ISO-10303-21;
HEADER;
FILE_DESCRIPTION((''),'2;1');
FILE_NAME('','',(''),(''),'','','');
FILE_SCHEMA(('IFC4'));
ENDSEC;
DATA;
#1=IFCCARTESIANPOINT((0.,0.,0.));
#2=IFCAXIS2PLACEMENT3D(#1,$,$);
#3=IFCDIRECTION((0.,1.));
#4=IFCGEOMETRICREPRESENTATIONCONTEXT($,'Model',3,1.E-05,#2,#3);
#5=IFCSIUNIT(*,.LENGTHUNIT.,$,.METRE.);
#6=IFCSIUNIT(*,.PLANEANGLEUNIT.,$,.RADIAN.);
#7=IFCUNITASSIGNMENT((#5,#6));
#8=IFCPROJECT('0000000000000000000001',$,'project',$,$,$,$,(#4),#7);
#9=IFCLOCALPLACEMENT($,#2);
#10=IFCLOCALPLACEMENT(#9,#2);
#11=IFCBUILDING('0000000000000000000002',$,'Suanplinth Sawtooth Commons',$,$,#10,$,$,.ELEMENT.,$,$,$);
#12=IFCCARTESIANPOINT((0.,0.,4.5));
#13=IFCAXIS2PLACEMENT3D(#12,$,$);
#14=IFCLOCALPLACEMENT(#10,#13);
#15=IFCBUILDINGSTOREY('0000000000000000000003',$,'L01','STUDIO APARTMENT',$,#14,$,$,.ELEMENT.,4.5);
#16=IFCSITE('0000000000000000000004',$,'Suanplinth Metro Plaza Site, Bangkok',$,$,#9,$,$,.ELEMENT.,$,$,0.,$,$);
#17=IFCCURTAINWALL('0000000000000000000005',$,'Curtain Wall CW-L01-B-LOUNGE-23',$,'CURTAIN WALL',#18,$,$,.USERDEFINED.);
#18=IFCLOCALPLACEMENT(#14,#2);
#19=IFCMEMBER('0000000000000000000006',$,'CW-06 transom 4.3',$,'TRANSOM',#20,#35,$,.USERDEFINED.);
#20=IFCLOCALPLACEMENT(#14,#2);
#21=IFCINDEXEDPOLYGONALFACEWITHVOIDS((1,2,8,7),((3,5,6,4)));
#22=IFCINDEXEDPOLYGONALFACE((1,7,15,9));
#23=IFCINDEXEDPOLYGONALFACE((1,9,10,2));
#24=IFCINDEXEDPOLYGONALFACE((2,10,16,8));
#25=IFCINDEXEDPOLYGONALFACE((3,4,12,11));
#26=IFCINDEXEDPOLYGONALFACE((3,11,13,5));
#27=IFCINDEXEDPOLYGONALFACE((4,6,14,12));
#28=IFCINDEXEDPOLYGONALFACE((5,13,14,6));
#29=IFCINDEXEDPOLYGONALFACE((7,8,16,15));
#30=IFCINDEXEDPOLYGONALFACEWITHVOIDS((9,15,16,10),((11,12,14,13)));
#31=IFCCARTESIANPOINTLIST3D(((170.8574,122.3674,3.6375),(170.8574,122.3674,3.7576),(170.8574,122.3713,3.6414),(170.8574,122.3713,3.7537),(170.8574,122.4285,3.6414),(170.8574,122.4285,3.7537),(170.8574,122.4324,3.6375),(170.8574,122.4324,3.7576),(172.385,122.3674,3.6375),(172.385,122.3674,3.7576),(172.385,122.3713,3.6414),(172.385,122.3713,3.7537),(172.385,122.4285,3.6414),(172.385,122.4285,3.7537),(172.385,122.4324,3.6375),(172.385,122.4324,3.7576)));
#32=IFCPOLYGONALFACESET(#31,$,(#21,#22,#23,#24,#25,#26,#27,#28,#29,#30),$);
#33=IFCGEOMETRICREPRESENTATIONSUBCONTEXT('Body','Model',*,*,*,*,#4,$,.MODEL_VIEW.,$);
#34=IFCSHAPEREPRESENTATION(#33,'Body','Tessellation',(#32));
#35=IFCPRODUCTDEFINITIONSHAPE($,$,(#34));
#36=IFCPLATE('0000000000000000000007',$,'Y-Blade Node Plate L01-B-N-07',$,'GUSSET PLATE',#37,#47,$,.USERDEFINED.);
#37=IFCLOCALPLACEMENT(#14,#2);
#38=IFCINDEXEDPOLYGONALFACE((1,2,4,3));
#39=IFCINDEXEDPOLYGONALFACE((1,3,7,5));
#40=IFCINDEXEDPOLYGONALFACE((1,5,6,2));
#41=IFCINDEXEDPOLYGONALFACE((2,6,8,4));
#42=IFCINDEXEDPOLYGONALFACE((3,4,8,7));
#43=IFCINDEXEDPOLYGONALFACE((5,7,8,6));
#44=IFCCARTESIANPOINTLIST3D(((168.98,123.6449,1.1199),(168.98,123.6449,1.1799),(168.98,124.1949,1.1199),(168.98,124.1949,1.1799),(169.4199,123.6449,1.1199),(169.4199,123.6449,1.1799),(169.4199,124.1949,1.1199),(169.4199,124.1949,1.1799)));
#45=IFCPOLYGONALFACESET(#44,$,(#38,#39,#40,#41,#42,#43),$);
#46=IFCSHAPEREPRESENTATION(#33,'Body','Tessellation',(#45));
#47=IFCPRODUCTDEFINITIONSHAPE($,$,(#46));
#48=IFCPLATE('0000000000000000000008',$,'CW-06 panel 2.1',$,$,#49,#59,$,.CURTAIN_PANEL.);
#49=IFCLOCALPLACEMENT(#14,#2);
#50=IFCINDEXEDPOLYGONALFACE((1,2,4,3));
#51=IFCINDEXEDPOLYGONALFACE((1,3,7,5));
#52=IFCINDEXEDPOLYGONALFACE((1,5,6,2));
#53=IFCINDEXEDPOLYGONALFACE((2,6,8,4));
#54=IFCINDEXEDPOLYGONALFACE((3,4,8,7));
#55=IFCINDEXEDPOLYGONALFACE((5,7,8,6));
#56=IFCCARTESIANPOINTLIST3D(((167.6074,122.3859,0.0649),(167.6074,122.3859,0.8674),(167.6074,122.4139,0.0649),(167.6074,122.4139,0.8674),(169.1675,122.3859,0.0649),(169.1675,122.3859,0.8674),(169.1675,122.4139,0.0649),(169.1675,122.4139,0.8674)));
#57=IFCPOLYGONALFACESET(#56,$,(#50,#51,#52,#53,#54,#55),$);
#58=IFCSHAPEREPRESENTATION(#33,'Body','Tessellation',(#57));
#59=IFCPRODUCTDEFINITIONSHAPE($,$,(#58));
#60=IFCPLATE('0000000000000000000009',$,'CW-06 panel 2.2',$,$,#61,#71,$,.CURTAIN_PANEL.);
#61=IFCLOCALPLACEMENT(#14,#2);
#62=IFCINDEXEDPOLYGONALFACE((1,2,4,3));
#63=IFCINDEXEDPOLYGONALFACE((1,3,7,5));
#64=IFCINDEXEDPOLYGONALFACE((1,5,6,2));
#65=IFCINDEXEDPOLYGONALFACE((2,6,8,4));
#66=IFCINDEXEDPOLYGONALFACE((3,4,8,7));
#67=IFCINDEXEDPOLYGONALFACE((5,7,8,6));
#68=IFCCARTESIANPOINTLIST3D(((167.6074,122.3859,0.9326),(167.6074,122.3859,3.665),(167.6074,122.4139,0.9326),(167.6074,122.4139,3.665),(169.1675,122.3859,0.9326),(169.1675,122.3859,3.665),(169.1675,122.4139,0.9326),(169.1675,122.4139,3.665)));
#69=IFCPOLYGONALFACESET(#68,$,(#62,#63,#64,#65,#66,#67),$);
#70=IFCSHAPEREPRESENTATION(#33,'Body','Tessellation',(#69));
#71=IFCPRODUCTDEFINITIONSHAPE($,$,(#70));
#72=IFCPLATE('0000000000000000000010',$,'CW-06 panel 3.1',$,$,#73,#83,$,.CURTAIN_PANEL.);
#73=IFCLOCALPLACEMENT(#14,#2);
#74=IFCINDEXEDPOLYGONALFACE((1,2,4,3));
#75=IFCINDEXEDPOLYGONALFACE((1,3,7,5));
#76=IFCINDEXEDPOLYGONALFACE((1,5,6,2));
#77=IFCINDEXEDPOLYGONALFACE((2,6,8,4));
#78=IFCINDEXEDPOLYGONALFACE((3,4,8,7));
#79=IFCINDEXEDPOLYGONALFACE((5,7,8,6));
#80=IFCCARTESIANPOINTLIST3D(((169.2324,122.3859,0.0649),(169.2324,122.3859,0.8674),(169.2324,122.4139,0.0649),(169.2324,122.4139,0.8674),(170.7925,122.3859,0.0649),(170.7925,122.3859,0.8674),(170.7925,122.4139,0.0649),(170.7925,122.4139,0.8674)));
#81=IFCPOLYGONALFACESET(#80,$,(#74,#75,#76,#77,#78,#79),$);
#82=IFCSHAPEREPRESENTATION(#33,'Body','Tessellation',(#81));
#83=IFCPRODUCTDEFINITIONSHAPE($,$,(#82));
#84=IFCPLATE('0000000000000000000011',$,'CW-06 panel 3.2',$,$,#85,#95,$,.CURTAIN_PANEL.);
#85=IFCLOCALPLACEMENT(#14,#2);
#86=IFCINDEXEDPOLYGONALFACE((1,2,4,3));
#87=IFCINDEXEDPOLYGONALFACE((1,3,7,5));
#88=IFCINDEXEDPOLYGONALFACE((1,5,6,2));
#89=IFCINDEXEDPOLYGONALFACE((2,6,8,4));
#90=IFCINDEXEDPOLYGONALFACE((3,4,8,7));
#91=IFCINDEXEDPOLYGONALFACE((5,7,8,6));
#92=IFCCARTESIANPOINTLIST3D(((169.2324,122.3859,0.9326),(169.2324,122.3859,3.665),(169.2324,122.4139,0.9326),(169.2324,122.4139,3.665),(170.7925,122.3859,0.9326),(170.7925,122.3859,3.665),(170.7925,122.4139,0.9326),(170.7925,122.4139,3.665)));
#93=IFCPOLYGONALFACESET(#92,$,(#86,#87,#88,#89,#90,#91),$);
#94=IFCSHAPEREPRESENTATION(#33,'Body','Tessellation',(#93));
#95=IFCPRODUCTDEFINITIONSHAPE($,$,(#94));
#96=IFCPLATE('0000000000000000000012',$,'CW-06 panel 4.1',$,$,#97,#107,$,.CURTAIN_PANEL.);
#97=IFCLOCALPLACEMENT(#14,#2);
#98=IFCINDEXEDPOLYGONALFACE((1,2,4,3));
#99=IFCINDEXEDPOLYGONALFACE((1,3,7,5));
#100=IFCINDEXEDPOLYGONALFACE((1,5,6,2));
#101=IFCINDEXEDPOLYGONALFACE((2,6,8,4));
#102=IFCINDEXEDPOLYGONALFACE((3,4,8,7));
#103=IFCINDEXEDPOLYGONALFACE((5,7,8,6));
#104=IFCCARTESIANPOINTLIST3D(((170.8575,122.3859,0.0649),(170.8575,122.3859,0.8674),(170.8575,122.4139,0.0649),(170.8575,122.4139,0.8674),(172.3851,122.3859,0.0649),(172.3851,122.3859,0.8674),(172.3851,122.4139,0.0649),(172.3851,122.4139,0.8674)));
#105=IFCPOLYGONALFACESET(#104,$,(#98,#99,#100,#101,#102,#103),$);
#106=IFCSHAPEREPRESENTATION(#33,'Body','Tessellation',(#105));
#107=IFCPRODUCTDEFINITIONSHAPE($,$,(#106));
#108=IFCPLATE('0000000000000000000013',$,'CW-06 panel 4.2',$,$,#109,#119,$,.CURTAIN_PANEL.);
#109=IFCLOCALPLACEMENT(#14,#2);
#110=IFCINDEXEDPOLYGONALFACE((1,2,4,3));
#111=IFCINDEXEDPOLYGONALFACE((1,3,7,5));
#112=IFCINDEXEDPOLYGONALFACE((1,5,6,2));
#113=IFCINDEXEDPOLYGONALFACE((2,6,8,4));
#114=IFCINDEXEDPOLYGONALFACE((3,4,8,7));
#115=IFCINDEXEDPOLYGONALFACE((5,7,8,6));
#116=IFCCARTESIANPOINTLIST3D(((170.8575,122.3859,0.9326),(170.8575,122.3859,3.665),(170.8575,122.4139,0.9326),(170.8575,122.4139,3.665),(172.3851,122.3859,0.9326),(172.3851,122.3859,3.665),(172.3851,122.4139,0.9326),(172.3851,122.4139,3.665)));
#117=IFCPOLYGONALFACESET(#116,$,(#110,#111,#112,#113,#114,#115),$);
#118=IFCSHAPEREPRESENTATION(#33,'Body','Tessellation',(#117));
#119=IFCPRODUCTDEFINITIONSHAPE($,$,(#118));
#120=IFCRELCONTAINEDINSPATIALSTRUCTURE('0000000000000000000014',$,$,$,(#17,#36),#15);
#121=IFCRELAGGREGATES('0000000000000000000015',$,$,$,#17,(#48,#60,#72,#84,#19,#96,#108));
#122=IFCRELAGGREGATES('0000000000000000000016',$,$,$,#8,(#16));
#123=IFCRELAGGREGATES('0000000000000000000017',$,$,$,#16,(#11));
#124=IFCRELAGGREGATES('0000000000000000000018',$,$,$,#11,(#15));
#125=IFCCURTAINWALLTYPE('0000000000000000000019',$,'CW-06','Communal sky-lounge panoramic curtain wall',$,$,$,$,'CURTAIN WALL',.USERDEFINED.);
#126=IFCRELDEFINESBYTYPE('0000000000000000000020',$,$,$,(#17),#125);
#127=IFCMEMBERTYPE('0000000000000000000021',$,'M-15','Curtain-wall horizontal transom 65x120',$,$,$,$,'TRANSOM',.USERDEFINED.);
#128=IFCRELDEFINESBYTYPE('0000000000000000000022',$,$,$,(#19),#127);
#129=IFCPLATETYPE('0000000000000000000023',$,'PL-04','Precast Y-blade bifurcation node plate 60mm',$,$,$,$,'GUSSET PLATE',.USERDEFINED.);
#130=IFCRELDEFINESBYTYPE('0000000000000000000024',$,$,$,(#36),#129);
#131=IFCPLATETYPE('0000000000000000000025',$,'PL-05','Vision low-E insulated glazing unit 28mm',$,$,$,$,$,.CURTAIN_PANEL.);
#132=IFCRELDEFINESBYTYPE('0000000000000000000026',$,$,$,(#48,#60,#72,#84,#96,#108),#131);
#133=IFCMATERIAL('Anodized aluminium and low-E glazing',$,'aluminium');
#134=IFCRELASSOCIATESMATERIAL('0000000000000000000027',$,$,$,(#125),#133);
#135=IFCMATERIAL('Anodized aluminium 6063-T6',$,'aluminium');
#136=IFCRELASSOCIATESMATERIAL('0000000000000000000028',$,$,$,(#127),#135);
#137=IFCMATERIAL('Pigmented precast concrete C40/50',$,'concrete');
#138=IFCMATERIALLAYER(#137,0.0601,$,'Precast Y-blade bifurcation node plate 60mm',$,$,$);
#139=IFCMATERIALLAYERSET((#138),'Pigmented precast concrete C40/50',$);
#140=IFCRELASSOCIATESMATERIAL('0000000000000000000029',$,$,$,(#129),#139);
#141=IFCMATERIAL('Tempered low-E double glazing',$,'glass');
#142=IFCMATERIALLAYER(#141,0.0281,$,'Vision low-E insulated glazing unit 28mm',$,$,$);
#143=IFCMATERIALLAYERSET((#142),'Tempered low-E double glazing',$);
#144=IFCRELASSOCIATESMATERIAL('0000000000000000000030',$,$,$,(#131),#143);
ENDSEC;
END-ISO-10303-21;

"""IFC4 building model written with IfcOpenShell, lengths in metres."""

from ifc_helpers import new_model, si_unit, direction, frame, origin, origin_2d, place, context, subcontext, project, spatial, rectangle, hollow_rectangle, extrude, material, layer, layer_set, material_profile, profile_set, type_object, element, aggregate, save


model = new_model("IFC4")

# Units and contexts
model_context = context("Model", 3, precision=1e-05, world=origin(), true_north=direction((0.0, 1.0)))
body_context = subcontext(model_context, "Body", "Model", "MODEL_VIEW")
ifc_project = project(units=[si_unit("LENGTHUNIT", "METRE"), si_unit("PLANEANGLEUNIT", "RADIAN")], contexts=[model_context])

# Site, building, storey
site_placement = place(None, origin())
site = spatial("IfcSite", under=ifc_project, at=site_placement, Name="Suanplinth Metro Plaza Site, Bangkok", CompositionType="ELEMENT", RefElevation=0.0)
building_placement = place(site_placement, origin())
building = spatial("IfcBuilding", under=site, at=building_placement, Name="Suanplinth Sawtooth Commons", CompositionType="ELEMENT")
storey_placement = place(building_placement, frame((0.0, 0.0, 4.5)))
storey = spatial("IfcBuildingStorey", under=building, at=storey_placement, Name="L01", Description="STUDIO APARTMENT", CompositionType="ELEMENT", Elevation=4.5)

# Shared definitions
ifc_material_1 = material(Name="Pigmented precast concrete C40/50", Category="concrete")

# Curtain wall, member
ifc_material_2 = material(Name="Anodized aluminium and low-E glazing", Category="aluminium")
curtain_wall_type = type_object("IfcCurtainWallType", Name="CW-06", Description="Communal sky-lounge panoramic curtain wall", ElementType="CURTAIN WALL", PredefinedType="USERDEFINED", material=ifc_material_2)
curtain_wall_placement = place(storey_placement, origin())
curtain_wall = element("IfcCurtainWall", 1, at=curtain_wall_placement, inside=storey, type_object=curtain_wall_type, Name="Curtain Wall CW-L01-B-LOUNGE-23", ObjectType="CURTAIN WALL", PredefinedType="USERDEFINED")
ifc_material_3 = material(Name="Anodized aluminium 6063-T6", Category="aluminium")
ifc_material_profile_1 = material_profile(ifc_material_3, hollow_rectangle(XDim=0.0649, YDim=0.1201, WallThickness=0.0039, at=origin_2d()), Name="ALU-TRN 65x120")
ifc_profile_set_1 = profile_set([ifc_material_profile_1], Name="Anodized aluminium 6063-T6")
member_type_1 = type_object("IfcMemberType", Name="M-15", Description="Curtain-wall horizontal transom 65x120", ElementType="TRANSOM", PredefinedType="USERDEFINED", material=ifc_profile_set_1)
member_1_placement = place(storey_placement, frame((170.8574, 122.3999, 3.6975), z_axis=(1.0, 0.0, 0.0), x_axis=(0.0, 1.0, 0.0)))
member_1 = element("IfcMember", 2, at=member_1_placement, type_object=member_type_1, Name="CW-06 transom 4.3", ObjectType="TRANSOM", PredefinedType="USERDEFINED", context=body_context, shape_type="SweptSolid", body=[
    extrude(hollow_rectangle(XDim=0.0649, YDim=0.1201, WallThickness=0.0039, at=origin_2d()), origin(), (0.0, 0.0, 1.0), 1.5276),
])

# Plates
ifc_layer_1 = layer(ifc_material_1, 0.0601, Name="Precast Y-blade bifurcation node plate 60mm")
ifc_layer_set_1 = layer_set([ifc_layer_1], Name="Pigmented precast concrete C40/50")
plate_type_1 = type_object("IfcPlateType", Name="PL-04", Description="Precast Y-blade bifurcation node plate 60mm", ElementType="GUSSET PLATE", PredefinedType="USERDEFINED", material=ifc_layer_set_1)
plate_1_placement = place(storey_placement, frame((169.2, 123.9199, 1.1199), z_axis=(0.0, 0.0, 1.0), x_axis=(1.0, 0.0, 0.0)))
element("IfcPlate", 3, at=plate_1_placement, inside=storey, type_object=plate_type_1, Name="Y-Blade Node Plate L01-B-N-07", ObjectType="GUSSET PLATE", PredefinedType="USERDEFINED", context=body_context, shape_type="SweptSolid", body=[
    extrude(rectangle(XDim=0.4399, YDim=0.55, at=origin_2d()), origin(), (0.0, 0.0, 1.0), 0.0601),
])
ifc_material_4 = material(Name="Tempered low-E double glazing", Category="glass")
ifc_layer_2 = layer(ifc_material_4, 0.0281, Name="Vision low-E insulated glazing unit 28mm")
ifc_layer_set_2 = layer_set([ifc_layer_2], Name="Tempered low-E double glazing")
plate_type_2 = type_object("IfcPlateType", Name="PL-05", Description="Vision low-E insulated glazing unit 28mm", PredefinedType="CURTAIN_PANEL", material=ifc_layer_set_2)
plate_2_placement = place(storey_placement, frame((168.3875, 122.3999, 0.0649), z_axis=(0.0, 0.0, 1.0), x_axis=(1.0, 0.0, 0.0)))
plate_2 = element("IfcPlate", 4, at=plate_2_placement, type_object=plate_type_2, Name="CW-06 panel 2.1", PredefinedType="CURTAIN_PANEL", context=body_context, shape_type="SweptSolid", body=[
    extrude(rectangle(XDim=1.5601, YDim=0.0281, at=origin_2d()), origin(), (0.0, 0.0, 1.0), 0.8025),
])
plate_3_placement = place(storey_placement, frame((168.3875, 122.3999, 0.9326), z_axis=(0.0, 0.0, 1.0), x_axis=(1.0, 0.0, 0.0)))
plate_3 = element("IfcPlate", 5, at=plate_3_placement, type_object=plate_type_2, Name="CW-06 panel 2.2", PredefinedType="CURTAIN_PANEL", context=body_context, shape_type="SweptSolid", body=[
    extrude(rectangle(XDim=1.5601, YDim=0.0281, at=origin_2d()), origin(), (0.0, 0.0, 1.0), 2.7324),
])
plate_4_placement = place(storey_placement, frame((170.0125, 122.3999, 0.0649), z_axis=(0.0, 0.0, 1.0), x_axis=(1.0, 0.0, 0.0)))
plate_4 = element("IfcPlate", 6, at=plate_4_placement, type_object=plate_type_2, Name="CW-06 panel 3.1", PredefinedType="CURTAIN_PANEL", context=body_context, shape_type="SweptSolid", body=[
    extrude(rectangle(XDim=1.5601, YDim=0.0281, at=origin_2d()), origin(), (0.0, 0.0, 1.0), 0.8025),
])
plate_5_placement = place(storey_placement, frame((170.0125, 122.3999, 0.9326), z_axis=(0.0, 0.0, 1.0), x_axis=(1.0, 0.0, 0.0)))
plate_5 = element("IfcPlate", 7, at=plate_5_placement, type_object=plate_type_2, Name="CW-06 panel 3.2", PredefinedType="CURTAIN_PANEL", context=body_context, shape_type="SweptSolid", body=[
    extrude(rectangle(XDim=1.5601, YDim=0.0281, at=origin_2d()), origin(), (0.0, 0.0, 1.0), 2.7324),
])
plate_6_placement = place(storey_placement, frame((171.6213, 122.3999, 0.0649), z_axis=(0.0, 0.0, 1.0), x_axis=(1.0, 0.0, 0.0)))
plate_6 = element("IfcPlate", 8, at=plate_6_placement, type_object=plate_type_2, Name="CW-06 panel 4.1", PredefinedType="CURTAIN_PANEL", context=body_context, shape_type="SweptSolid", body=[
    extrude(rectangle(XDim=1.5276, YDim=0.0281, at=origin_2d()), origin(), (0.0, 0.0, 1.0), 0.8025),
])
plate_7_placement = place(storey_placement, frame((171.6213, 122.3999, 0.9326), z_axis=(0.0, 0.0, 1.0), x_axis=(1.0, 0.0, 0.0)))
plate_7 = element("IfcPlate", 9, at=plate_7_placement, type_object=plate_type_2, Name="CW-06 panel 4.2", PredefinedType="CURTAIN_PANEL", context=body_context, shape_type="SweptSolid", body=[
    extrude(rectangle(XDim=1.5276, YDim=0.0281, at=origin_2d()), origin(), (0.0, 0.0, 1.0), 2.7324),
])
aggregate(curtain_wall, [plate_2, plate_3, plate_4, plate_5, member_1, plate_6, plate_7])

save(model, "model.ifc")
